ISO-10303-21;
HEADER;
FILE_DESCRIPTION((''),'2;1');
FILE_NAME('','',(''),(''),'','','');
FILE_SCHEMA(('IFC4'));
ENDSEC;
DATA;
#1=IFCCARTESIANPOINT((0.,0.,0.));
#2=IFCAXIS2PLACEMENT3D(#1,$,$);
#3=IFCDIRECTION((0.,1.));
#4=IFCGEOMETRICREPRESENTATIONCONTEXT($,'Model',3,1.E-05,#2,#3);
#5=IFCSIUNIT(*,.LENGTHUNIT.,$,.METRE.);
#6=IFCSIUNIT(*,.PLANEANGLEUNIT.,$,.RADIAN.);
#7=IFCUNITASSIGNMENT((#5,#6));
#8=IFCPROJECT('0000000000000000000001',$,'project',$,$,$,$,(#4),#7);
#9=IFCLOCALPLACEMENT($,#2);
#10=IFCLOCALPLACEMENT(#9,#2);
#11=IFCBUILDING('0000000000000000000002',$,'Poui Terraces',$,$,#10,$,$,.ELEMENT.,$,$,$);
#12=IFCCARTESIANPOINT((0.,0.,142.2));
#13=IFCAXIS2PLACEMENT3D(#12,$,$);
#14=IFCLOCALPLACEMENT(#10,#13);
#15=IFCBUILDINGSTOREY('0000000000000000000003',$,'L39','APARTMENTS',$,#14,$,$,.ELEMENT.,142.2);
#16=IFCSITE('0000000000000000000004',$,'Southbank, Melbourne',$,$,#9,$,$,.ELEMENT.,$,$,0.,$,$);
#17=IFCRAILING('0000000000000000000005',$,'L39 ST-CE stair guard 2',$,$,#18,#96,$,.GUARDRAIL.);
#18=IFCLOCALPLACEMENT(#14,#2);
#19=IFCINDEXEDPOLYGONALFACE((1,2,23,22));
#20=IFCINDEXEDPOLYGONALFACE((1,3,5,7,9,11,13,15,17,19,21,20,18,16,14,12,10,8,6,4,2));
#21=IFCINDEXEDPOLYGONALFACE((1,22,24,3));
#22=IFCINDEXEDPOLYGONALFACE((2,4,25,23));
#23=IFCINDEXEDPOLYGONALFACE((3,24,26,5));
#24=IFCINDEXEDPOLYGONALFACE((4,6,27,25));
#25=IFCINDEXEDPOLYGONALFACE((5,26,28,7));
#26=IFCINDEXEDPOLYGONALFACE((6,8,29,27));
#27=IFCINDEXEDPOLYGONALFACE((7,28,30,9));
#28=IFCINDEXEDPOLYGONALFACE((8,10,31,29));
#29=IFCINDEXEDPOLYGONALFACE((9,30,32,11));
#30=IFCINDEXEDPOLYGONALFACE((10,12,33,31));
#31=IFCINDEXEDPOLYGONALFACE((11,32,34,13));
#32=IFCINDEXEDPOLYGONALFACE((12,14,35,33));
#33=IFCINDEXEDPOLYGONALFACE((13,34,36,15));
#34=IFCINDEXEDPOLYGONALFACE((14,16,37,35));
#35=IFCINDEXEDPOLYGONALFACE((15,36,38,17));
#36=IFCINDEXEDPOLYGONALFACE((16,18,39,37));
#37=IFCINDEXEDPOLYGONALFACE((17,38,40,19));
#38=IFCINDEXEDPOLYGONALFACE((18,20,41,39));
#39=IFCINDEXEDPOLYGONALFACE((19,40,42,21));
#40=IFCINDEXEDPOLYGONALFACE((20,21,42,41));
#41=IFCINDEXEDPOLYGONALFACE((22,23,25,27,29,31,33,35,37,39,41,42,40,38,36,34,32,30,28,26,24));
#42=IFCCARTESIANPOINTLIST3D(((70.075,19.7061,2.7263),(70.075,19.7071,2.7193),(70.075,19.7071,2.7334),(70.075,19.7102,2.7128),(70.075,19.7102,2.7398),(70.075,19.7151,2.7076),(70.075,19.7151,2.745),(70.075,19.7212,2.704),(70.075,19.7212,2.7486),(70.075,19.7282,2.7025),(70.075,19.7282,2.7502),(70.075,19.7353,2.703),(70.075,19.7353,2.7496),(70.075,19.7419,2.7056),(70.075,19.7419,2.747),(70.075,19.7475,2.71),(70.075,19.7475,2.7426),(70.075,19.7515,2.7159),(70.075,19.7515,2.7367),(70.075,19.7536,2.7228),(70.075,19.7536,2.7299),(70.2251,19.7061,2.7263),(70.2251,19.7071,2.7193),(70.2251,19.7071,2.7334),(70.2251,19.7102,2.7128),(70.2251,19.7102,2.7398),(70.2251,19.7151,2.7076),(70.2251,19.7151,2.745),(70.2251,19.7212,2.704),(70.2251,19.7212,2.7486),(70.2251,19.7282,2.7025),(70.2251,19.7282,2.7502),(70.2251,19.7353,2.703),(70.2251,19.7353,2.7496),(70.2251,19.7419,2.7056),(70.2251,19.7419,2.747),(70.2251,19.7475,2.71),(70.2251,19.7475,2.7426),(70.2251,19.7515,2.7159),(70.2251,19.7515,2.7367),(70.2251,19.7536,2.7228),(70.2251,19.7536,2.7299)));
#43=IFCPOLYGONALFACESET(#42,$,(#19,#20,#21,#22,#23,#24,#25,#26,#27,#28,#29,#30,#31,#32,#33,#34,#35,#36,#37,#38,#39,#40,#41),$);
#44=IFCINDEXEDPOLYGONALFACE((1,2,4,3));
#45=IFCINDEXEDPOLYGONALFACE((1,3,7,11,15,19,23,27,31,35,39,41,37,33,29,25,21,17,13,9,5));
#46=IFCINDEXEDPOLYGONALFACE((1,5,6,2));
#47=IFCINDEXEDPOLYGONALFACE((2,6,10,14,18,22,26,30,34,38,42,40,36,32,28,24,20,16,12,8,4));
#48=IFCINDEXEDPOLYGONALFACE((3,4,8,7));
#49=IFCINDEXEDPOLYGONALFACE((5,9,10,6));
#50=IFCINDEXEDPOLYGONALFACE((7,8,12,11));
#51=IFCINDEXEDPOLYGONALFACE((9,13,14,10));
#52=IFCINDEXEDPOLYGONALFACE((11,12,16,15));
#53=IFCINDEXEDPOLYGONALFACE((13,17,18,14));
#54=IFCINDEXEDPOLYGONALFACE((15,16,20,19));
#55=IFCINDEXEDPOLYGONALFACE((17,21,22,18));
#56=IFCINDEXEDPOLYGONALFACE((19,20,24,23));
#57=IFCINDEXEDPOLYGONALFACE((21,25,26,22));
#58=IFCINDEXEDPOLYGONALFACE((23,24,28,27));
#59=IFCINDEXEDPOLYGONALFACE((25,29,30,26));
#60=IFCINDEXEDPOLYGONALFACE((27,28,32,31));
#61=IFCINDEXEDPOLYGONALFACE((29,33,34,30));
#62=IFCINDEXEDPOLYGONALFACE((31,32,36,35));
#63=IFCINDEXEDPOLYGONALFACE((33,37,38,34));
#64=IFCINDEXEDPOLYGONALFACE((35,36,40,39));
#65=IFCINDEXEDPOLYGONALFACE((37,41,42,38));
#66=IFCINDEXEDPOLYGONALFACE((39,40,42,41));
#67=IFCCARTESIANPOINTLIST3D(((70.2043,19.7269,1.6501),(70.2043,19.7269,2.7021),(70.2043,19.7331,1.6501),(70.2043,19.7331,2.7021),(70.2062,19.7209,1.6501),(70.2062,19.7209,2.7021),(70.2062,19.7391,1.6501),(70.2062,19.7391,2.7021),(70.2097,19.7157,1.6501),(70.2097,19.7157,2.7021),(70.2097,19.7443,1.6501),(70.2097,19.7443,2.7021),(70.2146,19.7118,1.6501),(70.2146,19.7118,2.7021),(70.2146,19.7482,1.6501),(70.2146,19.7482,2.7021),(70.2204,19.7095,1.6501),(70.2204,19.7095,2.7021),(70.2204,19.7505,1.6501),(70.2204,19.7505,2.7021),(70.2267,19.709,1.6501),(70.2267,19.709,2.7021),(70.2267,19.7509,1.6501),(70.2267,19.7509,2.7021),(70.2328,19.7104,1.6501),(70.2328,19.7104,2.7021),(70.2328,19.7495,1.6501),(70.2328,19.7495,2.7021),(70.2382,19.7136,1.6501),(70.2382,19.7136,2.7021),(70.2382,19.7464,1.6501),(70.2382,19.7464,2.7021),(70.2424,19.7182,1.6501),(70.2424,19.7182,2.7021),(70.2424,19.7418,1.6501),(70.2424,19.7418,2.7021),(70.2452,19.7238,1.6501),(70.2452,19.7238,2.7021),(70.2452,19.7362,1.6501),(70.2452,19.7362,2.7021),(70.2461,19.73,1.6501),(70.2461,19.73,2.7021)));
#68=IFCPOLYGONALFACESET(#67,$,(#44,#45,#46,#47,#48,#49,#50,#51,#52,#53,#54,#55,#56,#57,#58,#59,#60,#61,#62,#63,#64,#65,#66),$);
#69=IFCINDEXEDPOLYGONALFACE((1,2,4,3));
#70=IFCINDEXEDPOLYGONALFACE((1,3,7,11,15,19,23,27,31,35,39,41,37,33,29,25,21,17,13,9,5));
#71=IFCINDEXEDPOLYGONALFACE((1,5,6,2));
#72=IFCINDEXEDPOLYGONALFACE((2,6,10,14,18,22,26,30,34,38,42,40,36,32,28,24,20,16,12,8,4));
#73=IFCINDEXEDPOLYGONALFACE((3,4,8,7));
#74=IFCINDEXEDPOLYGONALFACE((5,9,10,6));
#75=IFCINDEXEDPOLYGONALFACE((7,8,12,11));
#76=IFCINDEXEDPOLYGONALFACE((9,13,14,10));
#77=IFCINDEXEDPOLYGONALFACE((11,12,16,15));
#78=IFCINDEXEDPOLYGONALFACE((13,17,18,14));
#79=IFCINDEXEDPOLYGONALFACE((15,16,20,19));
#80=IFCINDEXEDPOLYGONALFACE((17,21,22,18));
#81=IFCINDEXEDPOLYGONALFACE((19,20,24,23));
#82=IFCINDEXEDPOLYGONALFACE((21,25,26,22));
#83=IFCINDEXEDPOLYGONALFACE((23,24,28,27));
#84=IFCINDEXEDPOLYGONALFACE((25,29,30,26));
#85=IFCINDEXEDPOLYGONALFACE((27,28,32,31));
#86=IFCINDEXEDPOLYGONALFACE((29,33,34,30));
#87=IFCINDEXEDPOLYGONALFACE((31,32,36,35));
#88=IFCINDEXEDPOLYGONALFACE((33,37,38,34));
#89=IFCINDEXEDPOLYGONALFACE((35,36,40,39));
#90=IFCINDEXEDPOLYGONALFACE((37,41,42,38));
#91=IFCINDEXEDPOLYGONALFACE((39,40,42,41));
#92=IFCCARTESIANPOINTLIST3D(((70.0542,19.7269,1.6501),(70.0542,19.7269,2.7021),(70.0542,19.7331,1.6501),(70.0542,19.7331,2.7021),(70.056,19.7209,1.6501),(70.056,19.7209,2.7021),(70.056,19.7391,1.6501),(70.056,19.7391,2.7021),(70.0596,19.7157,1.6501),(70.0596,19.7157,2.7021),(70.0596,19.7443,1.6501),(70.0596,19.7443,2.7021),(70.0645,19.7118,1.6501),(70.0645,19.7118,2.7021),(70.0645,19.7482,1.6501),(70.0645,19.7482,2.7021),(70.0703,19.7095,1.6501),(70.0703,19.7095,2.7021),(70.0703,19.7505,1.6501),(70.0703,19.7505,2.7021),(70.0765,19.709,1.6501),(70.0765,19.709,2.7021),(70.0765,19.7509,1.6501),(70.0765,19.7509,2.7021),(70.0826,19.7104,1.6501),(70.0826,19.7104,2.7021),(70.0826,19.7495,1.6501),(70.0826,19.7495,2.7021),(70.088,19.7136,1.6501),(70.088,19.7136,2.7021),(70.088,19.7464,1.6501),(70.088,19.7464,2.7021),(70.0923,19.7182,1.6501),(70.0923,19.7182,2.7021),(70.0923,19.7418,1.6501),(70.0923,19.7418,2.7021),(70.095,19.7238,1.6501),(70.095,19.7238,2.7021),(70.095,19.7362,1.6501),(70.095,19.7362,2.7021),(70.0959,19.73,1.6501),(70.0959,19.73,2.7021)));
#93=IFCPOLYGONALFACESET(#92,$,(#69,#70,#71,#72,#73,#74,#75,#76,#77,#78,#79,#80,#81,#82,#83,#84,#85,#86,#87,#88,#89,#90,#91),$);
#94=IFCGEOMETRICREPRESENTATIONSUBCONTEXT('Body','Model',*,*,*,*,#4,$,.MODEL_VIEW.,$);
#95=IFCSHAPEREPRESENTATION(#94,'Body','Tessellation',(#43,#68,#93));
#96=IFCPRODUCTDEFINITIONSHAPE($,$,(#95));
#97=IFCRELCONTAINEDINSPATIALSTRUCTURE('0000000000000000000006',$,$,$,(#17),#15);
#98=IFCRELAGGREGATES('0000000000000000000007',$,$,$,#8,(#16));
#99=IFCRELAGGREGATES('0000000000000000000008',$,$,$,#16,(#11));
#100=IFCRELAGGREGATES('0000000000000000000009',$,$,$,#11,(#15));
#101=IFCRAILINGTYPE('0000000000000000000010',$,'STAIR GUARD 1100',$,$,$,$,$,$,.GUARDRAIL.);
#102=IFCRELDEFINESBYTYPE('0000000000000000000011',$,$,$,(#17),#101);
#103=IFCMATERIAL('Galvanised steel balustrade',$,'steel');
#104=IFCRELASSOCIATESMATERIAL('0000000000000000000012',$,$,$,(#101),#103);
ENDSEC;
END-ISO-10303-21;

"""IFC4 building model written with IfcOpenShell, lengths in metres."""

from ifc_helpers import new_model, si_unit, direction, frame, origin, origin_2d, place, context, subcontext, project, spatial, circle, extrude, material, type_object, element, save


model = new_model("IFC4")

# Units and contexts
model_context = context("Model", 3, precision=1e-05, world=origin(), true_north=direction((0.0, 1.0)))
body_context = subcontext(model_context, "Body", "Model", "MODEL_VIEW")
ifc_project = project(units=[si_unit("LENGTHUNIT", "METRE"), si_unit("PLANEANGLEUNIT", "RADIAN")], contexts=[model_context])

# Site, building, storey
site_placement = place(None, origin())
site = spatial("IfcSite", under=ifc_project, at=site_placement, Name="Southbank, Melbourne", CompositionType="ELEMENT", RefElevation=0.0)
building_placement = place(site_placement, origin())
building = spatial("IfcBuilding", under=site, at=building_placement, Name="Poui Terraces", CompositionType="ELEMENT")
storey_placement = place(building_placement, frame((0.0, 0.0, 142.2)))
storey = spatial("IfcBuildingStorey", under=building, at=storey_placement, Name="L39", Description="APARTMENTS", CompositionType="ELEMENT", Elevation=142.2)

# Railing
ifc_material_1 = material(Name="Galvanised steel balustrade", Category="steel")
railing_type_1 = type_object("IfcRailingType", Name="STAIR GUARD 1100", PredefinedType="GUARDRAIL", material=ifc_material_1)
railing_1_placement = place(storey_placement, frame((70.2251, 19.73, 1.6501)))
element("IfcRailing", 1, at=railing_1_placement, inside=storey, type_object=railing_type_1, Name="L39 ST-CE stair guard 2", PredefinedType="GUARDRAIL", context=body_context, shape_type="SweptSolid", body=[
    extrude(circle(Radius=0.0239, at=origin_2d()), frame((0.0, 0.0, 1.0762), z_axis=(-1.0, 0.0, 0.0), x_axis=(0.0, -1.0, 0.0)), (0.0, 0.0, 1.0), 0.1501),
    extrude(circle(Radius=0.021, at=origin_2d()), origin(), (0.0, 0.0, 1.0), 1.052),
    extrude(circle(Radius=0.021, at=origin_2d()), frame((-0.1501, 0.0, 0.0)), (0.0, 0.0, 1.0), 1.052),
])

save(model, "model.ifc")
